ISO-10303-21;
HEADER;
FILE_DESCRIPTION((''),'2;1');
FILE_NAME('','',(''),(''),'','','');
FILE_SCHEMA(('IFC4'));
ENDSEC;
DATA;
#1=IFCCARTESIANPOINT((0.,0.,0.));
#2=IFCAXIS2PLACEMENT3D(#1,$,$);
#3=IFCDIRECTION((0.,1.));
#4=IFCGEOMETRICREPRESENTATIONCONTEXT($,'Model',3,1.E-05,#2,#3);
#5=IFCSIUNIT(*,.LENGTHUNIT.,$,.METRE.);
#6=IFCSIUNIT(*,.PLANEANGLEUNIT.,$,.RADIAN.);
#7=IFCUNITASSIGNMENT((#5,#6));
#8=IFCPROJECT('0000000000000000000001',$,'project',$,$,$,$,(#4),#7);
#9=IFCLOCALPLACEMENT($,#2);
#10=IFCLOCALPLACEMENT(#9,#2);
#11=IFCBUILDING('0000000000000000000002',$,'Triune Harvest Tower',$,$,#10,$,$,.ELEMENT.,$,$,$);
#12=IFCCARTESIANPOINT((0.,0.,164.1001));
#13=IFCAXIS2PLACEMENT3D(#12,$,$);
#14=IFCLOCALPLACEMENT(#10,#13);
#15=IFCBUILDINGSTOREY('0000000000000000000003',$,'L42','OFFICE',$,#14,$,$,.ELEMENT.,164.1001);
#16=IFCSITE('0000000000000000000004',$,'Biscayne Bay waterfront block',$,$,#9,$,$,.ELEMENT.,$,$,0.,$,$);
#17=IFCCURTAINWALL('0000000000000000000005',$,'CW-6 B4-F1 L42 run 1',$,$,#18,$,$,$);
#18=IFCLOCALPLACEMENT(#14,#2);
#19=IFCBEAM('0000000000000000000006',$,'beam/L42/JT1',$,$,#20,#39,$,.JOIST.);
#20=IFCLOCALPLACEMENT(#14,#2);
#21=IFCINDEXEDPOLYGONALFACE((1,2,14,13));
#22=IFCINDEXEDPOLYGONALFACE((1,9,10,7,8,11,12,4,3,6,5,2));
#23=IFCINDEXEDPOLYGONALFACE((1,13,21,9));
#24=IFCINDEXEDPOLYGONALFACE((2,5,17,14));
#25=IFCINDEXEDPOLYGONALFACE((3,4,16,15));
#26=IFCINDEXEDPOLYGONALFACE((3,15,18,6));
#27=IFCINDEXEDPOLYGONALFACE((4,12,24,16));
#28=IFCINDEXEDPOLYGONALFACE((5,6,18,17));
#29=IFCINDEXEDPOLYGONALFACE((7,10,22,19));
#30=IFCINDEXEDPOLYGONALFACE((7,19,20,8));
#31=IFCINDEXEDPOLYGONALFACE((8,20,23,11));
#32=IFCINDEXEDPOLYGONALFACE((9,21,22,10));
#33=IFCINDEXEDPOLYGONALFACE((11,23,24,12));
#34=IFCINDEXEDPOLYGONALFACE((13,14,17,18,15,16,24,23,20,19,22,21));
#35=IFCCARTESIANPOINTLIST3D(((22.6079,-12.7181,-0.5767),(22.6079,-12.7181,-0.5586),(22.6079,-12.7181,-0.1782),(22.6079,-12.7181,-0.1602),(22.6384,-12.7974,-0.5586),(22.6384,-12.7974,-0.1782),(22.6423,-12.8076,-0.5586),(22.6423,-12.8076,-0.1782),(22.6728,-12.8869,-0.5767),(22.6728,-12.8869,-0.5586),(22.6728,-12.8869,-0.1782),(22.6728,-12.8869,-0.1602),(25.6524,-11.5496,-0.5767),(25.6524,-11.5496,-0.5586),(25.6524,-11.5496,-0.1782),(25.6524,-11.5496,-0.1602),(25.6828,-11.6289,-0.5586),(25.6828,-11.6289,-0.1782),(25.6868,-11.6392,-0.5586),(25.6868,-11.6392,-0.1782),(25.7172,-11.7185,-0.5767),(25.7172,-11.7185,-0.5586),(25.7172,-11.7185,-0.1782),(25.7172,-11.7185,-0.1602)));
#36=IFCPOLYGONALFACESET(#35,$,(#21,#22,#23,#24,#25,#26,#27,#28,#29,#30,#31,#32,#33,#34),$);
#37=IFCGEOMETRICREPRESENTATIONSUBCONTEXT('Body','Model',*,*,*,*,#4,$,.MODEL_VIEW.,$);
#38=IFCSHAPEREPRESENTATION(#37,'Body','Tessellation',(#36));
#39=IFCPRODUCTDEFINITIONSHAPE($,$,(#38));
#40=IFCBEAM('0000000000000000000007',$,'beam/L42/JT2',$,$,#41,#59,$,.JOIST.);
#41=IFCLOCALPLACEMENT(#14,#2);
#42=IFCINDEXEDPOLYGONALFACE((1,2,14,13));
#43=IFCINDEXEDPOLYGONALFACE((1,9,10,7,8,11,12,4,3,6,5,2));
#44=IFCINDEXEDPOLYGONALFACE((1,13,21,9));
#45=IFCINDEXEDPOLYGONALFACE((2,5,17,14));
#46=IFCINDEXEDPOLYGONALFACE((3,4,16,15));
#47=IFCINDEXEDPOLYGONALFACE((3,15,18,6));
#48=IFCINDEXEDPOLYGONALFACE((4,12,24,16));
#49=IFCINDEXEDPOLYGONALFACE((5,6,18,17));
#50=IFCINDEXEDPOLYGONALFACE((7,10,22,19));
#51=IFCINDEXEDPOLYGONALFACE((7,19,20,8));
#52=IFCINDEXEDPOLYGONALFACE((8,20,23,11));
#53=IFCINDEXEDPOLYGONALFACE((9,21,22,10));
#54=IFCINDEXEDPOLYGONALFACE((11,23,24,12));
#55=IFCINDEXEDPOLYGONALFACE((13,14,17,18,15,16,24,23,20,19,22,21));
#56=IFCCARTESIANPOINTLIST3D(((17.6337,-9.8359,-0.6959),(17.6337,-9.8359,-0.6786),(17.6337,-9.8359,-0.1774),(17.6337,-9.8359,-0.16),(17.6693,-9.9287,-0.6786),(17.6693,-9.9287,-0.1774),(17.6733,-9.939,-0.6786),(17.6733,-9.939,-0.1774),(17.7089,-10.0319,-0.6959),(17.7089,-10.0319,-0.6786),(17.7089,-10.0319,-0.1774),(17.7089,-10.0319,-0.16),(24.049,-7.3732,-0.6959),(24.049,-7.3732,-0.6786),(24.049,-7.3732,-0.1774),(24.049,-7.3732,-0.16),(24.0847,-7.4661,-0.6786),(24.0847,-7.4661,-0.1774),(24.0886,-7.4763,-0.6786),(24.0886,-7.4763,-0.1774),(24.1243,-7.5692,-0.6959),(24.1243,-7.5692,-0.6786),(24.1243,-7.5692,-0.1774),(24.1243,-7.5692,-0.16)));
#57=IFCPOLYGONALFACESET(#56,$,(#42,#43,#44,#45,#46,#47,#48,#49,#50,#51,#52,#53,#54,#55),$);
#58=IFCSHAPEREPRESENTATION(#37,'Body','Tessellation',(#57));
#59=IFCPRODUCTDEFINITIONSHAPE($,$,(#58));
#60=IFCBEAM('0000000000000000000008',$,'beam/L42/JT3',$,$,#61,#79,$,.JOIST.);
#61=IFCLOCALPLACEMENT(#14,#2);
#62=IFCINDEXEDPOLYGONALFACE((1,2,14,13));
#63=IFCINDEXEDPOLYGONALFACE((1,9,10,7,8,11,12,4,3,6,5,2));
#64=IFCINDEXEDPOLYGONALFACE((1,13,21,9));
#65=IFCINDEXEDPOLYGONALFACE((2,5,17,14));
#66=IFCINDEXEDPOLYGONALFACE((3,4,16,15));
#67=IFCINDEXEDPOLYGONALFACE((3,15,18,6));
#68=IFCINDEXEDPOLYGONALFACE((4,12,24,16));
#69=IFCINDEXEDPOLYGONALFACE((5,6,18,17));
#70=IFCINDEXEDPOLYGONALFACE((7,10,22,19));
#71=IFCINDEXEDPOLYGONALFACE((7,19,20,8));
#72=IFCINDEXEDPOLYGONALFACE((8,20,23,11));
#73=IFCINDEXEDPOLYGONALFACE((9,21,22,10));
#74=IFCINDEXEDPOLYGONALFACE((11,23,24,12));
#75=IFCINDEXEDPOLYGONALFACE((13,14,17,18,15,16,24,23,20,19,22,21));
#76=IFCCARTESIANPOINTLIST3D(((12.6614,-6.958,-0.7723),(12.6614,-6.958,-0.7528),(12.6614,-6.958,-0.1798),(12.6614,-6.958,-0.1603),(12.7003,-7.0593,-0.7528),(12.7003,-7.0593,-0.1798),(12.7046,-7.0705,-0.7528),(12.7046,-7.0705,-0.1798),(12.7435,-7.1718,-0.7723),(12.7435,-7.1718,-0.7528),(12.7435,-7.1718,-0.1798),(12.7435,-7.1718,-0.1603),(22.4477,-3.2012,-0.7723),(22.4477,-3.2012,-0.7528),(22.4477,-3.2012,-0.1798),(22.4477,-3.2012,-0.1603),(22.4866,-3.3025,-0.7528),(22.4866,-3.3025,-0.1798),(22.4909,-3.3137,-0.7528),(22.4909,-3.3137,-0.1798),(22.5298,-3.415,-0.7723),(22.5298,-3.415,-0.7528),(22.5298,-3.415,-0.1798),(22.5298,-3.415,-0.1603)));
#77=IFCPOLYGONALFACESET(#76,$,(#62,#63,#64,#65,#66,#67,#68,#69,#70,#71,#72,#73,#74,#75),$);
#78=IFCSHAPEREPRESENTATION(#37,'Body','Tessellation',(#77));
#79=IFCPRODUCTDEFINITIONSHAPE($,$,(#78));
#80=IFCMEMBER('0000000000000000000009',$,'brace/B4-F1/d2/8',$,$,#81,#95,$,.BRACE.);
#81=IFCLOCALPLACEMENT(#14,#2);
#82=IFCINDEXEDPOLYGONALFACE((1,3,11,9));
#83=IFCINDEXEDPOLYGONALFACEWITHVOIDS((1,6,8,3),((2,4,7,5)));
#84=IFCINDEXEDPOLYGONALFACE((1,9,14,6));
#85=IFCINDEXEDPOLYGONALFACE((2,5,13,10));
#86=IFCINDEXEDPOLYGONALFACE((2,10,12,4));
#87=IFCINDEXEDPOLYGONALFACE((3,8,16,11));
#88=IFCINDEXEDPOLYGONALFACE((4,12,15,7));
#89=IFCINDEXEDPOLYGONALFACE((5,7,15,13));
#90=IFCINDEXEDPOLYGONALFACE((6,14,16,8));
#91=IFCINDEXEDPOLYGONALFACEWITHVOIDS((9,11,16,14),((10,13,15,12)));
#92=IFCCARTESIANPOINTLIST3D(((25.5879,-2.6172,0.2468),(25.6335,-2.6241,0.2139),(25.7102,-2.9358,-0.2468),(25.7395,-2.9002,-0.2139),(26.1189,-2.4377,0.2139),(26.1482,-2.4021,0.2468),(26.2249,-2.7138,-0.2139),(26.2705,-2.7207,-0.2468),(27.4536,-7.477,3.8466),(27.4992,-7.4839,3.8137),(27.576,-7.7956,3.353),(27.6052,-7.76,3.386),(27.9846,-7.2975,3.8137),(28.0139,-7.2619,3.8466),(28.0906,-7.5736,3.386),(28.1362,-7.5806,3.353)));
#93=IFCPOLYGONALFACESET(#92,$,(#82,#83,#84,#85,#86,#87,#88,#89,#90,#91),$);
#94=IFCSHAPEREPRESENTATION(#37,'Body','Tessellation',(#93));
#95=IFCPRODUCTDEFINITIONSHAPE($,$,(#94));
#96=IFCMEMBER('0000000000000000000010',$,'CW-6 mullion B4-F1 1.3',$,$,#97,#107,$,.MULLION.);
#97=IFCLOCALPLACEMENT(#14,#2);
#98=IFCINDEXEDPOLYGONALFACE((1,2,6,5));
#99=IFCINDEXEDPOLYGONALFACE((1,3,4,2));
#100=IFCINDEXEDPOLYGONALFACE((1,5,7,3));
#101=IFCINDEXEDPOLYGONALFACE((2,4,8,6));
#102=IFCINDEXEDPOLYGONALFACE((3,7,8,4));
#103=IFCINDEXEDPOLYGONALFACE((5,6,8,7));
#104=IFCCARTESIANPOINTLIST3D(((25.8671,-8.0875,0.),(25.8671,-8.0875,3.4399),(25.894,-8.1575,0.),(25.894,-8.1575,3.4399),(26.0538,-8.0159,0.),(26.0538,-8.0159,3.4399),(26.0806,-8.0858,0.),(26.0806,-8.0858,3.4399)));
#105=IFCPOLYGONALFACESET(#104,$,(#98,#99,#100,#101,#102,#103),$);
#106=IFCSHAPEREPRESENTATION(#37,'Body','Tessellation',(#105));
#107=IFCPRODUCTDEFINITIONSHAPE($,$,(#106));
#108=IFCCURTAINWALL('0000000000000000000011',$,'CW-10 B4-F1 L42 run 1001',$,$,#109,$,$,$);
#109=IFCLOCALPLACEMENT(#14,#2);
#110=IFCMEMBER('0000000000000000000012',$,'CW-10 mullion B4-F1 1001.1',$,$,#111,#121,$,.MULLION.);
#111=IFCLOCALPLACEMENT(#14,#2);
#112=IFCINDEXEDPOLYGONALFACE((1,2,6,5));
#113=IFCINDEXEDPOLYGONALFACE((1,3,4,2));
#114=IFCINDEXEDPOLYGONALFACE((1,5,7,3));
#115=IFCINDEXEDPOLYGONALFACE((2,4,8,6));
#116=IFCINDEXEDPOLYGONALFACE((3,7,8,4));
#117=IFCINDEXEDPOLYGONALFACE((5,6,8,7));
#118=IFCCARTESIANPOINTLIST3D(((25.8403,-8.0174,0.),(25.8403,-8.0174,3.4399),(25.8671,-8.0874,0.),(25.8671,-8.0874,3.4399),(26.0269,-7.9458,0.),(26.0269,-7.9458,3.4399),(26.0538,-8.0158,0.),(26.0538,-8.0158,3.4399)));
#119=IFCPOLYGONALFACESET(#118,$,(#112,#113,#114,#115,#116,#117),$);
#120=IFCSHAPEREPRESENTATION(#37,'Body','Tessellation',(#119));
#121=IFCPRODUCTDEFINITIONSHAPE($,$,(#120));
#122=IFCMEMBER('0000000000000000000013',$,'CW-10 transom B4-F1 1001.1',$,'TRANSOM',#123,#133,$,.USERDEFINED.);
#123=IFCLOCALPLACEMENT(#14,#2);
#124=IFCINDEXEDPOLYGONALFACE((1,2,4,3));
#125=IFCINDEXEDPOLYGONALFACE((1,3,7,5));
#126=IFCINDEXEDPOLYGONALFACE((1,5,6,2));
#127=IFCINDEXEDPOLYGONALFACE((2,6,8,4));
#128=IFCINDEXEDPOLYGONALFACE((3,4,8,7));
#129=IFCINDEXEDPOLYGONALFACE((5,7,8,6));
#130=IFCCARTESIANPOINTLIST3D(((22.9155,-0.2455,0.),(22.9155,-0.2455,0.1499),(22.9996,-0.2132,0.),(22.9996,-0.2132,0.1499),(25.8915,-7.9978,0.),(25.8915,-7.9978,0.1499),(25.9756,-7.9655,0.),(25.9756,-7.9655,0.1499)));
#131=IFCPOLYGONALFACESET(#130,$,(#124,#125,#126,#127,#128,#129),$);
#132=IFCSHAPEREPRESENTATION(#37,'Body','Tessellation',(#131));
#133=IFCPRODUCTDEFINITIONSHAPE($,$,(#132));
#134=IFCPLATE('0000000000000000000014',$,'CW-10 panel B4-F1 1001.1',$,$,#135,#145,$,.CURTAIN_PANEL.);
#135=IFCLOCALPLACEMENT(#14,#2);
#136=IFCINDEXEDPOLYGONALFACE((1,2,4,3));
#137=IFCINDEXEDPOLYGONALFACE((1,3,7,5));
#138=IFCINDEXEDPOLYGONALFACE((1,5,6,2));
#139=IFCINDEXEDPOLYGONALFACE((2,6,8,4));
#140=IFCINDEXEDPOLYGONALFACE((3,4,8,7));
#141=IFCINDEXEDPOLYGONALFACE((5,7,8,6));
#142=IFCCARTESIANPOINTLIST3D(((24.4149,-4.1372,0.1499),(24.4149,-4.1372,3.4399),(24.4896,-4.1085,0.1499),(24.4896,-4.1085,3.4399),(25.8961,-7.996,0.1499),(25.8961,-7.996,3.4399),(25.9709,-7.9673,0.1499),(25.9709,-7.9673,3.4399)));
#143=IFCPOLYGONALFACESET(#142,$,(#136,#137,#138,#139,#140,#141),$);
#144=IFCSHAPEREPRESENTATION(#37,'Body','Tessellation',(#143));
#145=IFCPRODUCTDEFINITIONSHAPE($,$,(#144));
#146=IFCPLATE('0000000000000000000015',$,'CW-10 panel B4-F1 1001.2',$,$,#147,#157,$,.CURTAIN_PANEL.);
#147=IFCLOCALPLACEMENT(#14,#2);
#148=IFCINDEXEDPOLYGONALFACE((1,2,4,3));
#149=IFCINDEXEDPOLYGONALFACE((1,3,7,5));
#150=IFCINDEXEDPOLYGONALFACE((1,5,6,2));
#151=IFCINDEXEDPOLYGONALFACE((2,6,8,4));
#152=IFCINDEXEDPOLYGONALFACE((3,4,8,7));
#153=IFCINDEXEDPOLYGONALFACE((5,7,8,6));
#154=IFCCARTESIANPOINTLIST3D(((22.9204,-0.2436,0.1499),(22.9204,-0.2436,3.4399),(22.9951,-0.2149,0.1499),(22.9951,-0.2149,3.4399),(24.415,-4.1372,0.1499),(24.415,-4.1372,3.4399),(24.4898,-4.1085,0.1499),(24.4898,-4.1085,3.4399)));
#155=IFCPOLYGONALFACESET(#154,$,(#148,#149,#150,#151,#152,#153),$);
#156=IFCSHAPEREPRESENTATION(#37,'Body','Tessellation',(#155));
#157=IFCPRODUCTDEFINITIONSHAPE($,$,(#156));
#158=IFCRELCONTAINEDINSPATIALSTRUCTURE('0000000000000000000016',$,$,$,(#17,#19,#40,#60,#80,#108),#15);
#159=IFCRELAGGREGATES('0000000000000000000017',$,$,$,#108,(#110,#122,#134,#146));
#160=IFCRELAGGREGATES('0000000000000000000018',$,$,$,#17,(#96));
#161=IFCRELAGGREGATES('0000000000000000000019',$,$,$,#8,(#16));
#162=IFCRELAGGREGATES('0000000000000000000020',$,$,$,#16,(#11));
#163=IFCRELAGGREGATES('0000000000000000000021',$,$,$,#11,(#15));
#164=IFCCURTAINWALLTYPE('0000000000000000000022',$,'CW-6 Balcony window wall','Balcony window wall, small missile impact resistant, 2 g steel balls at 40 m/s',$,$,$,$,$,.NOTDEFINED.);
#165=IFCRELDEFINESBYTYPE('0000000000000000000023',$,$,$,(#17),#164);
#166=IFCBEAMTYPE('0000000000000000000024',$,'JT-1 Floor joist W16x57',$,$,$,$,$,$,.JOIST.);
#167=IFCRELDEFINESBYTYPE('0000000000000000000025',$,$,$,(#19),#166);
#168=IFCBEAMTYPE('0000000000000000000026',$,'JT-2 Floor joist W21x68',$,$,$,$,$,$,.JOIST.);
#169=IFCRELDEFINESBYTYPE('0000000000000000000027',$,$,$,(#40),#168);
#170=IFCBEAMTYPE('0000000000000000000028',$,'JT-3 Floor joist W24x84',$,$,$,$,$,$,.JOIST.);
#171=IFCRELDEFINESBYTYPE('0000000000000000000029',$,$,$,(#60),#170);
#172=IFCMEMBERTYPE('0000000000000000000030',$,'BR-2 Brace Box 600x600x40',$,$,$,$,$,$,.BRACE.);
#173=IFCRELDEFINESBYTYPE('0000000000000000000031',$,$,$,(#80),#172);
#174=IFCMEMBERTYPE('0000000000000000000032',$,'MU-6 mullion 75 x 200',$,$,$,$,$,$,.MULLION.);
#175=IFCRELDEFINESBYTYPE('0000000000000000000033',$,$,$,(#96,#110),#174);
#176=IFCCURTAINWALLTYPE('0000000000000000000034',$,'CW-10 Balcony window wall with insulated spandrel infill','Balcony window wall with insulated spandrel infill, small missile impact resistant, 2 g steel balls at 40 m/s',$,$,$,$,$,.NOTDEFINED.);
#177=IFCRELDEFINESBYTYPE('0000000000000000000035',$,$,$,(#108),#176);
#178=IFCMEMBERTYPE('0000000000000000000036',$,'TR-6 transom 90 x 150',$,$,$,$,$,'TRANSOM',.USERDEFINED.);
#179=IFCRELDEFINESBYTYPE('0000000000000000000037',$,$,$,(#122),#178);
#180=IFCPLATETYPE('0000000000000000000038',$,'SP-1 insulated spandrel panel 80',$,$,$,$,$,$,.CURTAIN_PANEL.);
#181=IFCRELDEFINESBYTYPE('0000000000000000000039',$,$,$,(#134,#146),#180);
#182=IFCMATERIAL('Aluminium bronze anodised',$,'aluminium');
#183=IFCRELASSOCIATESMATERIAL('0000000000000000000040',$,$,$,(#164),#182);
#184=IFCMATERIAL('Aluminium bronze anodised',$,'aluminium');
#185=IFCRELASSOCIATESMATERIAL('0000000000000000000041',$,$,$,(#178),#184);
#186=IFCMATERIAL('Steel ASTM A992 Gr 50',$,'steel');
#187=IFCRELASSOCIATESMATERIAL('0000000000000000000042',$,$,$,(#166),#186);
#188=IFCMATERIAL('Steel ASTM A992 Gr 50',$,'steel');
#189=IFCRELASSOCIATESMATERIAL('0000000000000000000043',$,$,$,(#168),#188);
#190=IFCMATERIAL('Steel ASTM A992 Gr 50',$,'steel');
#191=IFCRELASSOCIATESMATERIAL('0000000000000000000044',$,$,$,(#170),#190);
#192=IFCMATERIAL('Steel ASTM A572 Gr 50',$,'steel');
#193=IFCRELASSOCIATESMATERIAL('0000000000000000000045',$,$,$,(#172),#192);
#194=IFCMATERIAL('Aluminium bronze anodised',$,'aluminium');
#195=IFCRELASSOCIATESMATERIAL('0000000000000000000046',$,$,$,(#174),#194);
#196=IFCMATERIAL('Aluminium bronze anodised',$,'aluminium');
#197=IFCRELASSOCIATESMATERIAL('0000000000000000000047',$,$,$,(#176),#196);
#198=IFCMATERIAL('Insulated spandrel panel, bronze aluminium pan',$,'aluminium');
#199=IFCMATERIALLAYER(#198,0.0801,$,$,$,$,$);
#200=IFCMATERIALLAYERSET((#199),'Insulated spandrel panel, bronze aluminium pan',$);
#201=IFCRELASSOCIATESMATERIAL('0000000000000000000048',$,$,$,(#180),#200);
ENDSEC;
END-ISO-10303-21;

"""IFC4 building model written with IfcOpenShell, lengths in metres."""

from ifc_helpers import new_model, si_unit, direction, frame, origin, origin_2d, place, context, subcontext, project, spatial, rectangle, hollow_rectangle, i_section, extrude, source, transform, mapped, material, layer, layer_set, material_profile, profile_set, type_object, element, aggregate, save


model = new_model("IFC4")

# Units and contexts
model_context = context("Model", 3, precision=1e-05, world=origin(), true_north=direction((0.0, 1.0)))
body_context = subcontext(model_context, "Body", "Model", "MODEL_VIEW")
ifc_project = project(units=[si_unit("LENGTHUNIT", "METRE"), si_unit("PLANEANGLEUNIT", "RADIAN")], contexts=[model_context])

# Site, building, storey
site_placement = place(None, origin())
site = spatial("IfcSite", under=ifc_project, at=site_placement, Name="Biscayne Bay waterfront block", CompositionType="ELEMENT", RefElevation=0.0)
building_placement = place(site_placement, origin())
building = spatial("IfcBuilding", under=site, at=building_placement, Name="Triune Harvest Tower", CompositionType="ELEMENT")
storey_placement = place(building_placement, frame((0.0, 0.0, 164.1001)))
storey = spatial("IfcBuildingStorey", under=building, at=storey_placement, Name="L42", Description="OFFICE", CompositionType="ELEMENT", Elevation=164.1001)

# Curtain wall
ifc_material_1 = material(Name="Aluminium bronze anodised", Category="aluminium")
curtain_wall_type_1 = type_object("IfcCurtainWallType", Name="CW-6 Balcony window wall", Description="Balcony window wall, small missile impact resistant, 2 g steel balls at 40 m/s", PredefinedType="NOTDEFINED", material=ifc_material_1)
curtain_wall_1_placement = place(storey_placement, origin())
curtain_wall_1 = element("IfcCurtainWall", 1, at=curtain_wall_1_placement, inside=storey, type_object=curtain_wall_type_1, Name="CW-6 B4-F1 L42 run 1")
ifc_material_2 = material(Name="Aluminium bronze anodised", Category="aluminium")
ifc_material_profile_1 = material_profile(ifc_material_2, rectangle(XDim=0.0901, YDim=0.1499, at=origin_2d()), Name="TR-6 transom 90 x 150")
ifc_profile_set_1 = profile_set([ifc_material_profile_1], Name="Aluminium bronze anodised")
member_type_1 = type_object("IfcMemberType", Name="TR-6 transom 90 x 150", ElementType="TRANSOM", PredefinedType="USERDEFINED", material=ifc_profile_set_1)

# Beams
ifc_material_3 = material(Name="Steel ASTM A992 Gr 50", Category="steel")
ifc_material_profile_2 = material_profile(ifc_material_3, i_section(OverallWidth=0.1809, OverallDepth=0.4165, WebThickness=0.011, FlangeThickness=0.0181, at=origin_2d()), Name="W16x57")
ifc_profile_set_2 = profile_set([ifc_material_profile_2], Name="Steel ASTM A992 Gr 50")
beam_type_1 = type_object("IfcBeamType", Name="JT-1 Floor joist W16x57", PredefinedType="JOIST", material=ifc_profile_set_2)
shared_shape_1 = source(origin(), body_context, "Body", "SweptSolid", [
    extrude(i_section(OverallWidth=0.1809, OverallDepth=0.4165, WebThickness=0.011, FlangeThickness=0.0181, at=origin_2d()), origin(), (0.0, 0.0, 1.0), 3.261),
])
beam_1_placement = place(storey_placement, frame((25.6848, -11.634, -0.3684), z_axis=(-0.9336, -0.358317, 0.0), x_axis=(0.358317, -0.9336, 0.0)))
element("IfcBeam", 2, at=beam_1_placement, inside=storey, type_object=beam_type_1, Name="beam/L42/JT1", PredefinedType="JOIST", context=body_context, shape_type="MappedRepresentation", body=[
    mapped(shared_shape_1, transform((0.0, 0.0, 0.0), scale=1.0)),
])
ifc_material_4 = material(Name="Steel ASTM A992 Gr 50", Category="steel")
ifc_material_profile_3 = material_profile(ifc_material_4, i_section(OverallWidth=0.21, OverallDepth=0.5359, WebThickness=0.011, FlangeThickness=0.0173, at=origin_2d()), Name="W21x68")
ifc_profile_set_3 = profile_set([ifc_material_profile_3], Name="Steel ASTM A992 Gr 50")
beam_type_2 = type_object("IfcBeamType", Name="JT-2 Floor joist W21x68", PredefinedType="JOIST", material=ifc_profile_set_3)
shared_shape_2 = source(origin(), body_context, "Body", "SweptSolid", [
    extrude(i_section(OverallWidth=0.21, OverallDepth=0.5359, WebThickness=0.011, FlangeThickness=0.0173, at=origin_2d()), origin(), (0.0, 0.0, 1.0), 6.8718),
])
beam_2_placement = place(storey_placement, frame((24.0867, -7.4712, -0.428), z_axis=(-0.933578, -0.358374, 0.0), x_axis=(0.358374, -0.933578, 0.0)))
element("IfcBeam", 3, at=beam_2_placement, inside=storey, type_object=beam_type_2, Name="beam/L42/JT2", PredefinedType="JOIST", context=body_context, shape_type="MappedRepresentation", body=[
    mapped(shared_shape_2, transform((0.0, 0.0, 0.0), scale=1.0)),
])
ifc_material_5 = material(Name="Steel ASTM A992 Gr 50", Category="steel")
ifc_material_profile_4 = material_profile(ifc_material_5, i_section(OverallWidth=0.229, OverallDepth=0.6121, WebThickness=0.012, FlangeThickness=0.0195, at=origin_2d()), Name="W24x84")
ifc_profile_set_4 = profile_set([ifc_material_profile_4], Name="Steel ASTM A992 Gr 50")
beam_type_3 = type_object("IfcBeamType", Name="JT-3 Floor joist W24x84", PredefinedType="JOIST", material=ifc_profile_set_4)
shared_shape_3 = source(origin(), body_context, "Body", "SweptSolid", [
    extrude(i_section(OverallWidth=0.229, OverallDepth=0.6121, WebThickness=0.012, FlangeThickness=0.0195, at=origin_2d()), origin(), (0.0, 0.0, 1.0), 10.4827),
])
beam_3_placement = place(storey_placement, frame((22.4888, -3.3081, -0.4663), z_axis=(-0.933574, -0.358384, 0.0), x_axis=(0.358384, -0.933574, 0.0)))
element("IfcBeam", 4, at=beam_3_placement, inside=storey, type_object=beam_type_3, Name="beam/L42/JT3", PredefinedType="JOIST", context=body_context, shape_type="MappedRepresentation", body=[
    mapped(shared_shape_3, transform((0.0, 0.0, 0.0), scale=1.0)),
])

# Members
ifc_material_6 = material(Name="Steel ASTM A572 Gr 50", Category="steel")
ifc_material_profile_5 = material_profile(ifc_material_6, hollow_rectangle(XDim=0.6001, YDim=0.6001, WallThickness=0.04, at=origin_2d()), Name="Box 600x600x40")
ifc_profile_set_5 = profile_set([ifc_material_profile_5], Name="Steel ASTM A572 Gr 50")
member_type_2 = type_object("IfcMemberType", Name="BR-2 Brace Box 600x600x40", PredefinedType="BRACE", material=ifc_profile_set_5)
shared_shape_4 = source(origin(), body_context, "Body", "SweptSolid", [
    extrude(hollow_rectangle(XDim=0.6001, YDim=0.6001, WallThickness=0.04, at=origin_2d()), origin(), (0.0, 0.0, 1.0), 6.3291),
])
member_1_placement = place(storey_placement, frame((25.9292, -2.6689, 0.0), z_axis=(0.294783, -0.767854, 0.568774), x_axis=(0.933568, 0.358401, 0.0)))
element("IfcMember", 5, at=member_1_placement, inside=storey, type_object=member_type_2, Name="brace/B4-F1/d2/8", PredefinedType="BRACE", context=body_context, shape_type="MappedRepresentation", body=[
    mapped(shared_shape_4, transform((0.0, 0.0, 0.0), scale=1.0)),
])
ifc_material_7 = material(Name="Aluminium bronze anodised", Category="aluminium")
ifc_material_profile_6 = material_profile(ifc_material_7, rectangle(XDim=0.2, YDim=0.075, at=origin_2d()), Name="MU-6 mullion 75 x 200")
ifc_profile_set_6 = profile_set([ifc_material_profile_6], Name="Aluminium bronze anodised")
member_type_3 = type_object("IfcMemberType", Name="MU-6 mullion 75 x 200", PredefinedType="MULLION", material=ifc_profile_set_6)
shared_shape_5 = source(origin(), body_context, "Body", "SweptSolid", [
    extrude(rectangle(XDim=0.2, YDim=0.075, at=origin_2d()), origin(), (0.0, 0.0, 1.0), 3.4399),
])
member_2_placement = place(storey_placement, frame((25.9739, -8.0867, 0.0), z_axis=(0.0, 0.0, 1.0), x_axis=(-0.933579, -0.358372, 0.0)))
member_2 = element("IfcMember", 6, at=member_2_placement, type_object=member_type_3, Name="CW-6 mullion B4-F1 1.3", PredefinedType="MULLION", context=body_context, shape_type="MappedRepresentation", body=[
    mapped(shared_shape_5, transform((0.0, 0.0, 0.0), scale=1.0)),
])

# Curtain wall, members, plates
ifc_material_8 = material(Name="Aluminium bronze anodised", Category="aluminium")
curtain_wall_type_2 = type_object("IfcCurtainWallType", Name="CW-10 Balcony window wall with insulated spandrel infill", Description="Balcony window wall with insulated spandrel infill, small missile impact resistant, 2 g steel balls at 40 m/s", PredefinedType="NOTDEFINED", material=ifc_material_8)
curtain_wall_2_placement = place(storey_placement, origin())
curtain_wall_2 = element("IfcCurtainWall", 7, at=curtain_wall_2_placement, inside=storey, type_object=curtain_wall_type_2, Name="CW-10 B4-F1 L42 run 1001")
member_3_placement = place(storey_placement, frame((25.947, -8.0166, 0.0), z_axis=(0.0, 0.0, 1.0), x_axis=(-0.933581, -0.358365, 0.0)))
member_3 = element("IfcMember", 8, at=member_3_placement, type_object=member_type_3, Name="CW-10 mullion B4-F1 1001.1", PredefinedType="MULLION", context=body_context, shape_type="MappedRepresentation", body=[
    mapped(shared_shape_5, transform((0.0, 0.0, 0.0), scale=1.0)),
])
shared_shape_6 = source(origin(), body_context, "Body", "SweptSolid", [
    extrude(rectangle(XDim=0.0901, YDim=0.1499, at=origin_2d()), origin(), (0.0, 0.0, 1.0), 8.304),
])
member_4_placement = place(storey_placement, frame((25.9336, -7.9817, 0.075), z_axis=(-0.358388, 0.933573, 0.0), x_axis=(-0.933573, -0.358388, 0.0)))
member_4 = element("IfcMember", 9, at=member_4_placement, type_object=member_type_1, Name="CW-10 transom B4-F1 1001.1", ObjectType="TRANSOM", PredefinedType="USERDEFINED", context=body_context, shape_type="MappedRepresentation", body=[
    mapped(shared_shape_6, transform((0.0, 0.0, 0.0), scale=1.0)),
])
ifc_material_9 = material(Name="Insulated spandrel panel, bronze aluminium pan", Category="aluminium")
ifc_layer_1 = layer(ifc_material_9, 0.0801)
ifc_layer_set_1 = layer_set([ifc_layer_1], Name="Insulated spandrel panel, bronze aluminium pan")
plate_type_1 = type_object("IfcPlateType", Name="SP-1 insulated spandrel panel 80", PredefinedType="CURTAIN_PANEL", material=ifc_layer_set_1)
shared_shape_7 = source(origin(), body_context, "Body", "SweptSolid", [
    extrude(rectangle(XDim=4.1333, YDim=0.0801, at=origin_2d()), origin(), (0.0, 0.0, 1.0), 3.29),
])
plate_1_placement = place(storey_placement, frame((25.1929, -6.0522, 0.1499), z_axis=(0.0, 0.0, 1.0), x_axis=(-0.358365, 0.933581, 0.0)))
plate_1 = element("IfcPlate", 10, at=plate_1_placement, type_object=plate_type_1, Name="CW-10 panel B4-F1 1001.1", PredefinedType="CURTAIN_PANEL", context=body_context, shape_type="MappedRepresentation", body=[
    mapped(shared_shape_7, transform((0.0, 0.0, 0.0), scale=1.0)),
])
shared_shape_8 = source(origin(), body_context, "Body", "SweptSolid", [
    extrude(rectangle(XDim=4.1707, YDim=0.0801, at=origin_2d()), origin(), (0.0, 0.0, 1.0), 3.29),
])
plate_2_placement = place(storey_placement, frame((23.7051, -2.176, 0.1499), z_axis=(0.0, 0.0, 1.0), x_axis=(-0.358365, 0.933581, 0.0)))
plate_2 = element("IfcPlate", 11, at=plate_2_placement, type_object=plate_type_1, Name="CW-10 panel B4-F1 1001.2", PredefinedType="CURTAIN_PANEL", context=body_context, shape_type="MappedRepresentation", body=[
    mapped(shared_shape_8, transform((0.0, 0.0, 0.0), scale=1.0)),
])
aggregate(curtain_wall_2, [member_3, member_4, plate_1, plate_2])

aggregate(curtain_wall_1, [member_2])

save(model, "model.ifc")
